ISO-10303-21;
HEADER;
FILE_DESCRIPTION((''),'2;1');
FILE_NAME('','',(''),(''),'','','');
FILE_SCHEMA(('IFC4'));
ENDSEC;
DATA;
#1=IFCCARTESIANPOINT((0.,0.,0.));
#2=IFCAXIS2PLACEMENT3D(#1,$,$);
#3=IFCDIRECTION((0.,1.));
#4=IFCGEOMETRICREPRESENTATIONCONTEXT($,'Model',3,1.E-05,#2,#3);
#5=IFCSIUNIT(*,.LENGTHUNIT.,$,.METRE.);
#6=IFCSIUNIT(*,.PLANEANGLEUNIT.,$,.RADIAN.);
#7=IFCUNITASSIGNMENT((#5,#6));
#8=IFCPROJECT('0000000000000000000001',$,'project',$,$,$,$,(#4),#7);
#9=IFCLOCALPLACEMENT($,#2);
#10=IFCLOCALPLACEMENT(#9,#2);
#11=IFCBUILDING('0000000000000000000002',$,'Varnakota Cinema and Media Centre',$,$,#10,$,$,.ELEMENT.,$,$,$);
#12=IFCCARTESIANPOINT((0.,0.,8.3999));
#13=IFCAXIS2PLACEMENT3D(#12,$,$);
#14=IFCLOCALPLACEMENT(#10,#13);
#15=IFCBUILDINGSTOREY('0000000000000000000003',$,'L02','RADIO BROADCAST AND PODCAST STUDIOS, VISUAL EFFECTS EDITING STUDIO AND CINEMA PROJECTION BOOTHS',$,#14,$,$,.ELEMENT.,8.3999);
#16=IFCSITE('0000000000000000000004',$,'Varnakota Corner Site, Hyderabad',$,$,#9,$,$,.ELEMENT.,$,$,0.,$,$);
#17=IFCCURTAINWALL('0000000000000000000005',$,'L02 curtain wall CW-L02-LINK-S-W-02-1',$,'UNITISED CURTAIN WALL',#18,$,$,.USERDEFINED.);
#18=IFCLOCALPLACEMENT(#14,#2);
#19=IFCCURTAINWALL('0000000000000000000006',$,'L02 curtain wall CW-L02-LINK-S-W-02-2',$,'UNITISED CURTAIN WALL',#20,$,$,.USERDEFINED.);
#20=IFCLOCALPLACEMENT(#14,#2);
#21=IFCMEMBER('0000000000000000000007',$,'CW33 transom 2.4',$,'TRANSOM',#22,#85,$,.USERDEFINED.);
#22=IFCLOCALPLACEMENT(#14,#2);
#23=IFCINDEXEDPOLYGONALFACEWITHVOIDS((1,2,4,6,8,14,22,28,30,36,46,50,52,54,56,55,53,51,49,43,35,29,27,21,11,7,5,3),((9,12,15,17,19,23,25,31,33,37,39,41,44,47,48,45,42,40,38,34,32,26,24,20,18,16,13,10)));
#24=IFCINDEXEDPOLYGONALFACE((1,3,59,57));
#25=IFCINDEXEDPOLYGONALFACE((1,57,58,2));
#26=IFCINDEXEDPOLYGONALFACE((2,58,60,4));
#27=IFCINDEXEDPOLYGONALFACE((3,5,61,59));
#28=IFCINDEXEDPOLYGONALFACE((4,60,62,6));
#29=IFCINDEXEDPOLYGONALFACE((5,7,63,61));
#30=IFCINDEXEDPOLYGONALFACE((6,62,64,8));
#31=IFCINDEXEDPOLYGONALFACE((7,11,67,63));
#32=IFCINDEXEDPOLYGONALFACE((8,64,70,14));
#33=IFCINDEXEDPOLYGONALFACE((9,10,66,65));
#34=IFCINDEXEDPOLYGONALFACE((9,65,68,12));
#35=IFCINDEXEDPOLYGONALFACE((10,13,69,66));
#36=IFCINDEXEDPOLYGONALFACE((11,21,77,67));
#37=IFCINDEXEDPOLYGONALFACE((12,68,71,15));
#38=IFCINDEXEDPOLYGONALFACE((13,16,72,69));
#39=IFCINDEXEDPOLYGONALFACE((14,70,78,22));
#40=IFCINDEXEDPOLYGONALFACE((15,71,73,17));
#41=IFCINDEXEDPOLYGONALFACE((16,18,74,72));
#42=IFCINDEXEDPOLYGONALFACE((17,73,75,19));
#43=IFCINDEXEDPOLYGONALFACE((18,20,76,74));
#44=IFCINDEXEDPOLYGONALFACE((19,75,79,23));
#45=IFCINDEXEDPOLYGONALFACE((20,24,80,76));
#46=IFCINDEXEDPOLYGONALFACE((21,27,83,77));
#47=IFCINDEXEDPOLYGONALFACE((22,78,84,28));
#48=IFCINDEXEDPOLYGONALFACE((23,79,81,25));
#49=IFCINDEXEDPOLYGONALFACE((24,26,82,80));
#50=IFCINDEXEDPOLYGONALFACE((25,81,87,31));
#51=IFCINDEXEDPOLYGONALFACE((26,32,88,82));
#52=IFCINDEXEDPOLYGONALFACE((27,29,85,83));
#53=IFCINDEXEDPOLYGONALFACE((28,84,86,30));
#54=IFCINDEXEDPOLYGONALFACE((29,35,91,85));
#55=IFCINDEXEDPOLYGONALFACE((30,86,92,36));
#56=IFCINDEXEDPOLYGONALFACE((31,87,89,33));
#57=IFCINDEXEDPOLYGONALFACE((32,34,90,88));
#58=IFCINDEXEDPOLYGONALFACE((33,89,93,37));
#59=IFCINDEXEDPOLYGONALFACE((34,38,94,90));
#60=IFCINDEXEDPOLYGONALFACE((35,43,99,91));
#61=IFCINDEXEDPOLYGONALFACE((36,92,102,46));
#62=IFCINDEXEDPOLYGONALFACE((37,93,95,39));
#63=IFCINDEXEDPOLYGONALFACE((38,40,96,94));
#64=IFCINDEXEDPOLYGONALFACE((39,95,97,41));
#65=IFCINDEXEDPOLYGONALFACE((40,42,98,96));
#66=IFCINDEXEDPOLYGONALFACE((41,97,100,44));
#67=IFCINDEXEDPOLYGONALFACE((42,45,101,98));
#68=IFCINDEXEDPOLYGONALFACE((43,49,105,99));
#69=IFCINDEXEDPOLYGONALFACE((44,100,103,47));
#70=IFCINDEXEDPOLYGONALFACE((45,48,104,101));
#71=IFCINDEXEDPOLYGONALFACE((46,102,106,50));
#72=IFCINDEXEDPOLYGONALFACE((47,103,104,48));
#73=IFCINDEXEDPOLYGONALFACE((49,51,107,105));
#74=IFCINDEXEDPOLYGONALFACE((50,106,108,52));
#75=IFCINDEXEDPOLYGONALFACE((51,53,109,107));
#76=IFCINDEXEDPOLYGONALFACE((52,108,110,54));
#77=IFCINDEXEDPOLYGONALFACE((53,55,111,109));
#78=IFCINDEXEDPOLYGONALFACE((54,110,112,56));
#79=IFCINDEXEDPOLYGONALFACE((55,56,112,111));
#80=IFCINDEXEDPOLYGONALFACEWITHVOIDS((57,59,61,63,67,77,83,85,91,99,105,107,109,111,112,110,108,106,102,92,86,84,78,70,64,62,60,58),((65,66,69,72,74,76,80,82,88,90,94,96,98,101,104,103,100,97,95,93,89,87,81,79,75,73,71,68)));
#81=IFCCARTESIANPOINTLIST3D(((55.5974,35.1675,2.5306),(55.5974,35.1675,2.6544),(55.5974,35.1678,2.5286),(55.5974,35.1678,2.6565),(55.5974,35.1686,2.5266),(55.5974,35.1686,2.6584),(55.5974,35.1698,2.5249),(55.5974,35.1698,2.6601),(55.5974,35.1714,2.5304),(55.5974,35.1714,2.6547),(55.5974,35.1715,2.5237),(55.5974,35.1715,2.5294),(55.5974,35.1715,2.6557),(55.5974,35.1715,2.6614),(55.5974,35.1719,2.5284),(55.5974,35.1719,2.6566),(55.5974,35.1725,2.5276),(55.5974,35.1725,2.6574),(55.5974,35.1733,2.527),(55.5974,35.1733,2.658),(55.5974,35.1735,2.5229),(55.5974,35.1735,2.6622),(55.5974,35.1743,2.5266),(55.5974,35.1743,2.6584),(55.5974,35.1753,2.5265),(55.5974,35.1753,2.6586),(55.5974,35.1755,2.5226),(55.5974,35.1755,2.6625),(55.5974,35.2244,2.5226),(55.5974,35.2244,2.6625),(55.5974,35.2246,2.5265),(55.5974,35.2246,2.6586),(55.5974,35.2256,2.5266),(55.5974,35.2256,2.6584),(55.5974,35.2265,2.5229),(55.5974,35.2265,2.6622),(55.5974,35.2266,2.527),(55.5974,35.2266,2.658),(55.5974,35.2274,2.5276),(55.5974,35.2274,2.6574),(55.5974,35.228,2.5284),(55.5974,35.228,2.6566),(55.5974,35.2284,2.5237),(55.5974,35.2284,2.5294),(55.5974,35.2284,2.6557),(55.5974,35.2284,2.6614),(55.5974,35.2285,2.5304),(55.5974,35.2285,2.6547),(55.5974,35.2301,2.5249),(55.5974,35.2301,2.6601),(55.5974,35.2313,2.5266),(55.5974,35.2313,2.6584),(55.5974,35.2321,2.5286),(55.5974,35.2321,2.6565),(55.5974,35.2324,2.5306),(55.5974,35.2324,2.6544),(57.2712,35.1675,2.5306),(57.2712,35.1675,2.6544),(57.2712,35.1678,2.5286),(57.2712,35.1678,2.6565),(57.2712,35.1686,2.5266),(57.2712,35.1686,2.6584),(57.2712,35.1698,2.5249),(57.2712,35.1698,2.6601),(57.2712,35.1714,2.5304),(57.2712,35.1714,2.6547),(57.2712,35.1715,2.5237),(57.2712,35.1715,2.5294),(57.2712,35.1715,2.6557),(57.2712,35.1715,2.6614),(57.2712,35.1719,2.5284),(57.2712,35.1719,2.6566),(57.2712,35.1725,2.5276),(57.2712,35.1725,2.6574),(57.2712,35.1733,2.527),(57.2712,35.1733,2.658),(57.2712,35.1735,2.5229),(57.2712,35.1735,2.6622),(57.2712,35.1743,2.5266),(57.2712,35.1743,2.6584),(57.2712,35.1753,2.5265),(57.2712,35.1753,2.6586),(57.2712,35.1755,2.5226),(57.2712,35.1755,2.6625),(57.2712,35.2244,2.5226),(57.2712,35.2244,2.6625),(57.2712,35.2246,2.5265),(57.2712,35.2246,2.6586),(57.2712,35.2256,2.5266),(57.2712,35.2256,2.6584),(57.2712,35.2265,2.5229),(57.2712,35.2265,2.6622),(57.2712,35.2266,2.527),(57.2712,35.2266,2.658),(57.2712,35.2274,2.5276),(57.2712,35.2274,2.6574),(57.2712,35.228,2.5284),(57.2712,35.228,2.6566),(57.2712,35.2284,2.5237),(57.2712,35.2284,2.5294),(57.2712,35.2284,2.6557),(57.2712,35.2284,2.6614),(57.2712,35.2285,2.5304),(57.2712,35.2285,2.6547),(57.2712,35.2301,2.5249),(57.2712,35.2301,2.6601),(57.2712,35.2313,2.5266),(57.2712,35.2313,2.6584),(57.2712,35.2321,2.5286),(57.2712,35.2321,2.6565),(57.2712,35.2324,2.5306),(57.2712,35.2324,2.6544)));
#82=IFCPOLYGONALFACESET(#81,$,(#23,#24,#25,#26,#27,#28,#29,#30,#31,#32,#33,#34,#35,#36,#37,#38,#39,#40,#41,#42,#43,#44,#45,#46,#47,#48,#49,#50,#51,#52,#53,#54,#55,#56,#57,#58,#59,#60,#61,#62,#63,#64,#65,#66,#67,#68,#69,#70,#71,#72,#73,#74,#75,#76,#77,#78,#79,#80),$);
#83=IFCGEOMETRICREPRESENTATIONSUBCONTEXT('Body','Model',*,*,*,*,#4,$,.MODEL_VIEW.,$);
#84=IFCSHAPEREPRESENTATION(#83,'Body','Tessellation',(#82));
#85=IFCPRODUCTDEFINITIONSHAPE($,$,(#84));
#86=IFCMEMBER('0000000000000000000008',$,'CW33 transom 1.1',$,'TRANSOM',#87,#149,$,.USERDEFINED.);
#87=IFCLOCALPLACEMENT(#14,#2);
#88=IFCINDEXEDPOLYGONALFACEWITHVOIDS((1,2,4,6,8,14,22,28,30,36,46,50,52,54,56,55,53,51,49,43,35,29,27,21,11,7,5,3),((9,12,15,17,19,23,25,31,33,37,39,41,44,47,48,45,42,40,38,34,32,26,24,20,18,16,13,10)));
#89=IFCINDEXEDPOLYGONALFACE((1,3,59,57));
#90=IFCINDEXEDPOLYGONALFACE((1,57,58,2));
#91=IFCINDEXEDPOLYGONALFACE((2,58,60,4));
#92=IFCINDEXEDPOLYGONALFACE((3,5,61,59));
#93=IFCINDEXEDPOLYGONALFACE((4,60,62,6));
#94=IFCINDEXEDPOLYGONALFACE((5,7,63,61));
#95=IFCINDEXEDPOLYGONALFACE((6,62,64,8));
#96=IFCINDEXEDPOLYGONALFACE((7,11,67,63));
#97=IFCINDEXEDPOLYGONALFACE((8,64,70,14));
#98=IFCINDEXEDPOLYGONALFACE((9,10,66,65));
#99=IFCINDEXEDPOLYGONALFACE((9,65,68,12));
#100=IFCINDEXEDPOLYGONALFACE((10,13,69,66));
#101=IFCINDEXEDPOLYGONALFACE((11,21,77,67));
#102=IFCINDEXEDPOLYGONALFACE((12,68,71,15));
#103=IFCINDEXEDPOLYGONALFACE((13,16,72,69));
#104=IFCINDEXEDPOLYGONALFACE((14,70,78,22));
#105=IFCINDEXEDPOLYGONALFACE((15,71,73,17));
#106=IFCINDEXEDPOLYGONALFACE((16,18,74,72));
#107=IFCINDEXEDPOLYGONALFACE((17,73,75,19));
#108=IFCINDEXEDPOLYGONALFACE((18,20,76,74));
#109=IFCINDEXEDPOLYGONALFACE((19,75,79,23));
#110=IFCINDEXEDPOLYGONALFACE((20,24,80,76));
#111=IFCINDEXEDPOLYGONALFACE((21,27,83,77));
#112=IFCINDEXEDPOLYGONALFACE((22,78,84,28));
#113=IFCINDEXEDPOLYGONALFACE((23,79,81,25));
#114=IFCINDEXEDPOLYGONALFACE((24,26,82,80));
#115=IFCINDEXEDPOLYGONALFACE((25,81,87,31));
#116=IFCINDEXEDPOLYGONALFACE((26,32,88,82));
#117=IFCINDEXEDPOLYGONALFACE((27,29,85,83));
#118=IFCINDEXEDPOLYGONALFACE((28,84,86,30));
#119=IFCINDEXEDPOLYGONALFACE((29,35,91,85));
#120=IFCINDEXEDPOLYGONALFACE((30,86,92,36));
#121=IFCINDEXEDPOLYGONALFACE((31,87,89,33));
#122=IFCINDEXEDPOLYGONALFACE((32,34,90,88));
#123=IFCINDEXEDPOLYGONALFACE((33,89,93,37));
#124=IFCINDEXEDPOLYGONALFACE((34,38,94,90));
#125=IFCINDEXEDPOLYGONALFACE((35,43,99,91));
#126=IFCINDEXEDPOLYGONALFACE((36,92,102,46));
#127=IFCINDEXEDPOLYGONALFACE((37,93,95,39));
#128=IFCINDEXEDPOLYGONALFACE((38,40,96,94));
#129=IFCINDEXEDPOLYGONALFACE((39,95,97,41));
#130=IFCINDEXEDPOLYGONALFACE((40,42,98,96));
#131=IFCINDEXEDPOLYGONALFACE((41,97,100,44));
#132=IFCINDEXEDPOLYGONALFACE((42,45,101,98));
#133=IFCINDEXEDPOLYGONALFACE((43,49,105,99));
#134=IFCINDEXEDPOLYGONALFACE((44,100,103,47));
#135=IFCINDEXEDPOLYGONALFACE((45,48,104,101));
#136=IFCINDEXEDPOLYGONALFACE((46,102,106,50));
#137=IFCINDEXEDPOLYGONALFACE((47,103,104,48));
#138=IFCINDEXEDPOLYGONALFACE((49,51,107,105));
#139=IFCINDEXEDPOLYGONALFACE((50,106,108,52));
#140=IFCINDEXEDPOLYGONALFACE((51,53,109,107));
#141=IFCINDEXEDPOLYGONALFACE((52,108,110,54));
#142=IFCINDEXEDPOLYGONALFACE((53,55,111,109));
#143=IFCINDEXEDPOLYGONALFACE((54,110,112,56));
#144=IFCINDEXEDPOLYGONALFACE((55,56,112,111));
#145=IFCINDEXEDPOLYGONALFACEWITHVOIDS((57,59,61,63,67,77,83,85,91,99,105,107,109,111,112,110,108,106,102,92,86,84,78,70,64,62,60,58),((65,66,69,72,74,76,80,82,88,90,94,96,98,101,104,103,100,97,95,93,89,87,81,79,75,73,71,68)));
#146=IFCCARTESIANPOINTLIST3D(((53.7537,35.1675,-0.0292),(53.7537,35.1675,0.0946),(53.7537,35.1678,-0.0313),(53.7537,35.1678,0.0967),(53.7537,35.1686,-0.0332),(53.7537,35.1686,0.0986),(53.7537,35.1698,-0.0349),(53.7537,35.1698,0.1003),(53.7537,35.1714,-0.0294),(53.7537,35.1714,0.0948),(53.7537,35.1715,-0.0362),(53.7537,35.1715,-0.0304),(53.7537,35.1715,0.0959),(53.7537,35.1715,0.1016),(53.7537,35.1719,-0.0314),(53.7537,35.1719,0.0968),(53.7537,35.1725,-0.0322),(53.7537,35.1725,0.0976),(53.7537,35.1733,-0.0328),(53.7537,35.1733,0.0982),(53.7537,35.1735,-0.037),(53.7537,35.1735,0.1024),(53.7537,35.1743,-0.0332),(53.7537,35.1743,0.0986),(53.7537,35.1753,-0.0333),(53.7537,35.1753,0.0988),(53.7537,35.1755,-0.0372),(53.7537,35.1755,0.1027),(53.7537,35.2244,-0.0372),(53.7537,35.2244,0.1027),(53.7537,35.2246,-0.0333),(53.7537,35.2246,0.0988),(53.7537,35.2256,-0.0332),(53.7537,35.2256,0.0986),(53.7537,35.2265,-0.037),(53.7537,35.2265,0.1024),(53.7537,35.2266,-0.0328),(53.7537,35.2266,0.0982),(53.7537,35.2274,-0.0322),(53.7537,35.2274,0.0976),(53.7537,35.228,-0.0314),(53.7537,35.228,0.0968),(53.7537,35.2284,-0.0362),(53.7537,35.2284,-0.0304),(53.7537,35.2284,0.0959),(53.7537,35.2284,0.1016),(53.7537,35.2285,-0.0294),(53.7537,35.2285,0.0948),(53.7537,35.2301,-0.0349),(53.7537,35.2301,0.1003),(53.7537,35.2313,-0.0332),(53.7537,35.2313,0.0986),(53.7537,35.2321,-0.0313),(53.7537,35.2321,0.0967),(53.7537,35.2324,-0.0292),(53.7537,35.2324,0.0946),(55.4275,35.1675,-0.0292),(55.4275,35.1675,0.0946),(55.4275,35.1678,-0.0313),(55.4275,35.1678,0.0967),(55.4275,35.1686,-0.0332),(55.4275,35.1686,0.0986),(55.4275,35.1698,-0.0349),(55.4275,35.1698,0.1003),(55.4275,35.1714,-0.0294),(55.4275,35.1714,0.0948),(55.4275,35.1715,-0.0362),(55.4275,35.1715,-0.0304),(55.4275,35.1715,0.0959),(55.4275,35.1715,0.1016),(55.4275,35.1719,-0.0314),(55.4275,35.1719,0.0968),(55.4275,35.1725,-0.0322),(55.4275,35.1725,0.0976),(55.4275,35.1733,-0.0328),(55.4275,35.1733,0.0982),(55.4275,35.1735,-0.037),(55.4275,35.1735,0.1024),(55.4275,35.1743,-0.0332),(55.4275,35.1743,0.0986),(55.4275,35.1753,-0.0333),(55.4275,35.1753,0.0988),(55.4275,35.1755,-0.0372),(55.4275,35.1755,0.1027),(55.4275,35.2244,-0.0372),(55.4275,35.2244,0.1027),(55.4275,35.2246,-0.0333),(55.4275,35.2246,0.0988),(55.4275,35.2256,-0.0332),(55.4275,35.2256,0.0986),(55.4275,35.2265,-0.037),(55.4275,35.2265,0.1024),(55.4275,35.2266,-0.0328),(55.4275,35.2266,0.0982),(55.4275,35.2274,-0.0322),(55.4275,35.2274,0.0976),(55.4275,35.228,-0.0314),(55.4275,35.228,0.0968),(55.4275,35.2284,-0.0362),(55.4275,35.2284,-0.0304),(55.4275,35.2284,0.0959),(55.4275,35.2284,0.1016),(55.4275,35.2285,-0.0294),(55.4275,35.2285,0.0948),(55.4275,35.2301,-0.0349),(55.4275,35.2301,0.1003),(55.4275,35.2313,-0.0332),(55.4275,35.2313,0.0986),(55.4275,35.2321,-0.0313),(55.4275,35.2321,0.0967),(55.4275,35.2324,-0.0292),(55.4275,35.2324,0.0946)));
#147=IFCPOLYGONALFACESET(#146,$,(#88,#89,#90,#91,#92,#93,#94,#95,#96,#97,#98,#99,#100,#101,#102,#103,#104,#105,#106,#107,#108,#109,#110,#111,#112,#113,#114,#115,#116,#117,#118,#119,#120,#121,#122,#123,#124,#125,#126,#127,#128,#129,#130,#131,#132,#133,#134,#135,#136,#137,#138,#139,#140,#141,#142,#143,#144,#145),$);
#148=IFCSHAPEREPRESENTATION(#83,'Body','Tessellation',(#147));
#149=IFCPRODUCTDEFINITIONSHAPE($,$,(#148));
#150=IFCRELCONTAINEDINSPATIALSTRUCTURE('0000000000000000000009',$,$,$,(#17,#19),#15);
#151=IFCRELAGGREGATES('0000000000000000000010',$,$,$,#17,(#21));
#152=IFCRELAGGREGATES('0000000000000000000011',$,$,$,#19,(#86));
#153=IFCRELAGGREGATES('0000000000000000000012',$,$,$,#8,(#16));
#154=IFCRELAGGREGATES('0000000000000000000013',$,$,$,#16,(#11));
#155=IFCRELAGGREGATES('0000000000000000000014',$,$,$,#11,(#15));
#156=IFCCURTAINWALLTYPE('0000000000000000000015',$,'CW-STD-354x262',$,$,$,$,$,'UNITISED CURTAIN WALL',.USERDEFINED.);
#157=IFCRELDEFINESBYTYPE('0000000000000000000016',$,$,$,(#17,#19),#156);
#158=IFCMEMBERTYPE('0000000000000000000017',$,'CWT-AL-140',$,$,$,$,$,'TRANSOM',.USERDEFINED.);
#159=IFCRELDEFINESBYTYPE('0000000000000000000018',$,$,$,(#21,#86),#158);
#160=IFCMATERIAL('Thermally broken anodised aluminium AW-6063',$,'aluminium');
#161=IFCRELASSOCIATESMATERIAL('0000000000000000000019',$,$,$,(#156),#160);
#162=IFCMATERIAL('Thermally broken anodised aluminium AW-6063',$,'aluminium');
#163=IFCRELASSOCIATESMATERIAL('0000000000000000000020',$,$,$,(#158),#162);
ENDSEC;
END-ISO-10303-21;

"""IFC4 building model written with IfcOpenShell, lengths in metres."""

from ifc_helpers import new_model, si_unit, direction, frame, origin, origin_2d, place, context, subcontext, project, spatial, hollow_rectangle, extrude, material, material_profile, profile_set, type_object, element, aggregate, save


model = new_model("IFC4")

# Units and contexts
model_context = context("Model", 3, precision=1e-05, world=origin(), true_north=direction((0.0, 1.0)))
body_context = subcontext(model_context, "Body", "Model", "MODEL_VIEW")
ifc_project = project(units=[si_unit("LENGTHUNIT", "METRE"), si_unit("PLANEANGLEUNIT", "RADIAN")], contexts=[model_context])

# Site, building, storey
site_placement = place(None, origin())
site = spatial("IfcSite", under=ifc_project, at=site_placement, Name="Varnakota Corner Site, Hyderabad", CompositionType="ELEMENT", RefElevation=0.0)
building_placement = place(site_placement, origin())
building = spatial("IfcBuilding", under=site, at=building_placement, Name="Varnakota Cinema and Media Centre", CompositionType="ELEMENT")
storey_placement = place(building_placement, frame((0.0, 0.0, 8.3999)))
storey = spatial("IfcBuildingStorey", under=building, at=storey_placement, Name="L02", Description="RADIO BROADCAST AND PODCAST STUDIOS, VISUAL EFFECTS EDITING STUDIO AND CINEMA PROJECTION BOOTHS", CompositionType="ELEMENT", Elevation=8.3999)

# Curtain walls
ifc_material_1 = material(Name="Thermally broken anodised aluminium AW-6063", Category="aluminium")
curtain_wall_type = type_object("IfcCurtainWallType", Name="CW-STD-354x262", ElementType="UNITISED CURTAIN WALL", PredefinedType="USERDEFINED", material=ifc_material_1)
curtain_wall_1_placement = place(storey_placement, origin())
curtain_wall_1 = element("IfcCurtainWall", 1, at=curtain_wall_1_placement, inside=storey, type_object=curtain_wall_type, Name="L02 curtain wall CW-L02-LINK-S-W-02-1", ObjectType="UNITISED CURTAIN WALL", PredefinedType="USERDEFINED")
curtain_wall_2_placement = place(storey_placement, origin())
curtain_wall_2 = element("IfcCurtainWall", 2, at=curtain_wall_2_placement, inside=storey, type_object=curtain_wall_type, Name="L02 curtain wall CW-L02-LINK-S-W-02-2", ObjectType="UNITISED CURTAIN WALL", PredefinedType="USERDEFINED")

# Members
ifc_material_2 = material(Name="Thermally broken anodised aluminium AW-6063", Category="aluminium")
ifc_material_profile_1 = material_profile(ifc_material_2, hollow_rectangle(XDim=0.0649, YDim=0.1399, WallThickness=0.0039, InnerFilletRadius=0.0039, OuterFilletRadius=0.0081, at=origin_2d()), Name="AL-TRANSOM 140x65x4")
ifc_profile_set_1 = profile_set([ifc_material_profile_1], Name="Thermally broken anodised aluminium AW-6063")
member_type_1 = type_object("IfcMemberType", Name="CWT-AL-140", ElementType="TRANSOM", PredefinedType="USERDEFINED", material=ifc_profile_set_1)
member_1_placement = place(storey_placement, frame((57.2712, 35.2, 2.5925), z_axis=(-1.0, 0.0, 0.0), x_axis=(0.0, -1.0, 0.0)))
member_1 = element("IfcMember", 3, at=member_1_placement, type_object=member_type_1, Name="CW33 transom 2.4", ObjectType="TRANSOM", PredefinedType="USERDEFINED", context=body_context, shape_type="SweptSolid", body=[
    extrude(hollow_rectangle(XDim=0.0649, YDim=0.1399, WallThickness=0.0039, InnerFilletRadius=0.0039, OuterFilletRadius=0.0081, at=origin_2d()), origin(), (0.0, 0.0, 1.0), 1.6738),
])
member_2_placement = place(storey_placement, frame((55.4275, 35.2, 0.0327), z_axis=(-1.0, 0.0, 0.0), x_axis=(0.0, -1.0, 0.0)))
member_2 = element("IfcMember", 4, at=member_2_placement, type_object=member_type_1, Name="CW33 transom 1.1", ObjectType="TRANSOM", PredefinedType="USERDEFINED", context=body_context, shape_type="SweptSolid", body=[
    extrude(hollow_rectangle(XDim=0.0649, YDim=0.1399, WallThickness=0.0039, InnerFilletRadius=0.0039, OuterFilletRadius=0.0081, at=origin_2d()), origin(), (0.0, 0.0, 1.0), 1.6738),
])

aggregate(curtain_wall_1, [member_1])
aggregate(curtain_wall_2, [member_2])

save(model, "model.ifc")
